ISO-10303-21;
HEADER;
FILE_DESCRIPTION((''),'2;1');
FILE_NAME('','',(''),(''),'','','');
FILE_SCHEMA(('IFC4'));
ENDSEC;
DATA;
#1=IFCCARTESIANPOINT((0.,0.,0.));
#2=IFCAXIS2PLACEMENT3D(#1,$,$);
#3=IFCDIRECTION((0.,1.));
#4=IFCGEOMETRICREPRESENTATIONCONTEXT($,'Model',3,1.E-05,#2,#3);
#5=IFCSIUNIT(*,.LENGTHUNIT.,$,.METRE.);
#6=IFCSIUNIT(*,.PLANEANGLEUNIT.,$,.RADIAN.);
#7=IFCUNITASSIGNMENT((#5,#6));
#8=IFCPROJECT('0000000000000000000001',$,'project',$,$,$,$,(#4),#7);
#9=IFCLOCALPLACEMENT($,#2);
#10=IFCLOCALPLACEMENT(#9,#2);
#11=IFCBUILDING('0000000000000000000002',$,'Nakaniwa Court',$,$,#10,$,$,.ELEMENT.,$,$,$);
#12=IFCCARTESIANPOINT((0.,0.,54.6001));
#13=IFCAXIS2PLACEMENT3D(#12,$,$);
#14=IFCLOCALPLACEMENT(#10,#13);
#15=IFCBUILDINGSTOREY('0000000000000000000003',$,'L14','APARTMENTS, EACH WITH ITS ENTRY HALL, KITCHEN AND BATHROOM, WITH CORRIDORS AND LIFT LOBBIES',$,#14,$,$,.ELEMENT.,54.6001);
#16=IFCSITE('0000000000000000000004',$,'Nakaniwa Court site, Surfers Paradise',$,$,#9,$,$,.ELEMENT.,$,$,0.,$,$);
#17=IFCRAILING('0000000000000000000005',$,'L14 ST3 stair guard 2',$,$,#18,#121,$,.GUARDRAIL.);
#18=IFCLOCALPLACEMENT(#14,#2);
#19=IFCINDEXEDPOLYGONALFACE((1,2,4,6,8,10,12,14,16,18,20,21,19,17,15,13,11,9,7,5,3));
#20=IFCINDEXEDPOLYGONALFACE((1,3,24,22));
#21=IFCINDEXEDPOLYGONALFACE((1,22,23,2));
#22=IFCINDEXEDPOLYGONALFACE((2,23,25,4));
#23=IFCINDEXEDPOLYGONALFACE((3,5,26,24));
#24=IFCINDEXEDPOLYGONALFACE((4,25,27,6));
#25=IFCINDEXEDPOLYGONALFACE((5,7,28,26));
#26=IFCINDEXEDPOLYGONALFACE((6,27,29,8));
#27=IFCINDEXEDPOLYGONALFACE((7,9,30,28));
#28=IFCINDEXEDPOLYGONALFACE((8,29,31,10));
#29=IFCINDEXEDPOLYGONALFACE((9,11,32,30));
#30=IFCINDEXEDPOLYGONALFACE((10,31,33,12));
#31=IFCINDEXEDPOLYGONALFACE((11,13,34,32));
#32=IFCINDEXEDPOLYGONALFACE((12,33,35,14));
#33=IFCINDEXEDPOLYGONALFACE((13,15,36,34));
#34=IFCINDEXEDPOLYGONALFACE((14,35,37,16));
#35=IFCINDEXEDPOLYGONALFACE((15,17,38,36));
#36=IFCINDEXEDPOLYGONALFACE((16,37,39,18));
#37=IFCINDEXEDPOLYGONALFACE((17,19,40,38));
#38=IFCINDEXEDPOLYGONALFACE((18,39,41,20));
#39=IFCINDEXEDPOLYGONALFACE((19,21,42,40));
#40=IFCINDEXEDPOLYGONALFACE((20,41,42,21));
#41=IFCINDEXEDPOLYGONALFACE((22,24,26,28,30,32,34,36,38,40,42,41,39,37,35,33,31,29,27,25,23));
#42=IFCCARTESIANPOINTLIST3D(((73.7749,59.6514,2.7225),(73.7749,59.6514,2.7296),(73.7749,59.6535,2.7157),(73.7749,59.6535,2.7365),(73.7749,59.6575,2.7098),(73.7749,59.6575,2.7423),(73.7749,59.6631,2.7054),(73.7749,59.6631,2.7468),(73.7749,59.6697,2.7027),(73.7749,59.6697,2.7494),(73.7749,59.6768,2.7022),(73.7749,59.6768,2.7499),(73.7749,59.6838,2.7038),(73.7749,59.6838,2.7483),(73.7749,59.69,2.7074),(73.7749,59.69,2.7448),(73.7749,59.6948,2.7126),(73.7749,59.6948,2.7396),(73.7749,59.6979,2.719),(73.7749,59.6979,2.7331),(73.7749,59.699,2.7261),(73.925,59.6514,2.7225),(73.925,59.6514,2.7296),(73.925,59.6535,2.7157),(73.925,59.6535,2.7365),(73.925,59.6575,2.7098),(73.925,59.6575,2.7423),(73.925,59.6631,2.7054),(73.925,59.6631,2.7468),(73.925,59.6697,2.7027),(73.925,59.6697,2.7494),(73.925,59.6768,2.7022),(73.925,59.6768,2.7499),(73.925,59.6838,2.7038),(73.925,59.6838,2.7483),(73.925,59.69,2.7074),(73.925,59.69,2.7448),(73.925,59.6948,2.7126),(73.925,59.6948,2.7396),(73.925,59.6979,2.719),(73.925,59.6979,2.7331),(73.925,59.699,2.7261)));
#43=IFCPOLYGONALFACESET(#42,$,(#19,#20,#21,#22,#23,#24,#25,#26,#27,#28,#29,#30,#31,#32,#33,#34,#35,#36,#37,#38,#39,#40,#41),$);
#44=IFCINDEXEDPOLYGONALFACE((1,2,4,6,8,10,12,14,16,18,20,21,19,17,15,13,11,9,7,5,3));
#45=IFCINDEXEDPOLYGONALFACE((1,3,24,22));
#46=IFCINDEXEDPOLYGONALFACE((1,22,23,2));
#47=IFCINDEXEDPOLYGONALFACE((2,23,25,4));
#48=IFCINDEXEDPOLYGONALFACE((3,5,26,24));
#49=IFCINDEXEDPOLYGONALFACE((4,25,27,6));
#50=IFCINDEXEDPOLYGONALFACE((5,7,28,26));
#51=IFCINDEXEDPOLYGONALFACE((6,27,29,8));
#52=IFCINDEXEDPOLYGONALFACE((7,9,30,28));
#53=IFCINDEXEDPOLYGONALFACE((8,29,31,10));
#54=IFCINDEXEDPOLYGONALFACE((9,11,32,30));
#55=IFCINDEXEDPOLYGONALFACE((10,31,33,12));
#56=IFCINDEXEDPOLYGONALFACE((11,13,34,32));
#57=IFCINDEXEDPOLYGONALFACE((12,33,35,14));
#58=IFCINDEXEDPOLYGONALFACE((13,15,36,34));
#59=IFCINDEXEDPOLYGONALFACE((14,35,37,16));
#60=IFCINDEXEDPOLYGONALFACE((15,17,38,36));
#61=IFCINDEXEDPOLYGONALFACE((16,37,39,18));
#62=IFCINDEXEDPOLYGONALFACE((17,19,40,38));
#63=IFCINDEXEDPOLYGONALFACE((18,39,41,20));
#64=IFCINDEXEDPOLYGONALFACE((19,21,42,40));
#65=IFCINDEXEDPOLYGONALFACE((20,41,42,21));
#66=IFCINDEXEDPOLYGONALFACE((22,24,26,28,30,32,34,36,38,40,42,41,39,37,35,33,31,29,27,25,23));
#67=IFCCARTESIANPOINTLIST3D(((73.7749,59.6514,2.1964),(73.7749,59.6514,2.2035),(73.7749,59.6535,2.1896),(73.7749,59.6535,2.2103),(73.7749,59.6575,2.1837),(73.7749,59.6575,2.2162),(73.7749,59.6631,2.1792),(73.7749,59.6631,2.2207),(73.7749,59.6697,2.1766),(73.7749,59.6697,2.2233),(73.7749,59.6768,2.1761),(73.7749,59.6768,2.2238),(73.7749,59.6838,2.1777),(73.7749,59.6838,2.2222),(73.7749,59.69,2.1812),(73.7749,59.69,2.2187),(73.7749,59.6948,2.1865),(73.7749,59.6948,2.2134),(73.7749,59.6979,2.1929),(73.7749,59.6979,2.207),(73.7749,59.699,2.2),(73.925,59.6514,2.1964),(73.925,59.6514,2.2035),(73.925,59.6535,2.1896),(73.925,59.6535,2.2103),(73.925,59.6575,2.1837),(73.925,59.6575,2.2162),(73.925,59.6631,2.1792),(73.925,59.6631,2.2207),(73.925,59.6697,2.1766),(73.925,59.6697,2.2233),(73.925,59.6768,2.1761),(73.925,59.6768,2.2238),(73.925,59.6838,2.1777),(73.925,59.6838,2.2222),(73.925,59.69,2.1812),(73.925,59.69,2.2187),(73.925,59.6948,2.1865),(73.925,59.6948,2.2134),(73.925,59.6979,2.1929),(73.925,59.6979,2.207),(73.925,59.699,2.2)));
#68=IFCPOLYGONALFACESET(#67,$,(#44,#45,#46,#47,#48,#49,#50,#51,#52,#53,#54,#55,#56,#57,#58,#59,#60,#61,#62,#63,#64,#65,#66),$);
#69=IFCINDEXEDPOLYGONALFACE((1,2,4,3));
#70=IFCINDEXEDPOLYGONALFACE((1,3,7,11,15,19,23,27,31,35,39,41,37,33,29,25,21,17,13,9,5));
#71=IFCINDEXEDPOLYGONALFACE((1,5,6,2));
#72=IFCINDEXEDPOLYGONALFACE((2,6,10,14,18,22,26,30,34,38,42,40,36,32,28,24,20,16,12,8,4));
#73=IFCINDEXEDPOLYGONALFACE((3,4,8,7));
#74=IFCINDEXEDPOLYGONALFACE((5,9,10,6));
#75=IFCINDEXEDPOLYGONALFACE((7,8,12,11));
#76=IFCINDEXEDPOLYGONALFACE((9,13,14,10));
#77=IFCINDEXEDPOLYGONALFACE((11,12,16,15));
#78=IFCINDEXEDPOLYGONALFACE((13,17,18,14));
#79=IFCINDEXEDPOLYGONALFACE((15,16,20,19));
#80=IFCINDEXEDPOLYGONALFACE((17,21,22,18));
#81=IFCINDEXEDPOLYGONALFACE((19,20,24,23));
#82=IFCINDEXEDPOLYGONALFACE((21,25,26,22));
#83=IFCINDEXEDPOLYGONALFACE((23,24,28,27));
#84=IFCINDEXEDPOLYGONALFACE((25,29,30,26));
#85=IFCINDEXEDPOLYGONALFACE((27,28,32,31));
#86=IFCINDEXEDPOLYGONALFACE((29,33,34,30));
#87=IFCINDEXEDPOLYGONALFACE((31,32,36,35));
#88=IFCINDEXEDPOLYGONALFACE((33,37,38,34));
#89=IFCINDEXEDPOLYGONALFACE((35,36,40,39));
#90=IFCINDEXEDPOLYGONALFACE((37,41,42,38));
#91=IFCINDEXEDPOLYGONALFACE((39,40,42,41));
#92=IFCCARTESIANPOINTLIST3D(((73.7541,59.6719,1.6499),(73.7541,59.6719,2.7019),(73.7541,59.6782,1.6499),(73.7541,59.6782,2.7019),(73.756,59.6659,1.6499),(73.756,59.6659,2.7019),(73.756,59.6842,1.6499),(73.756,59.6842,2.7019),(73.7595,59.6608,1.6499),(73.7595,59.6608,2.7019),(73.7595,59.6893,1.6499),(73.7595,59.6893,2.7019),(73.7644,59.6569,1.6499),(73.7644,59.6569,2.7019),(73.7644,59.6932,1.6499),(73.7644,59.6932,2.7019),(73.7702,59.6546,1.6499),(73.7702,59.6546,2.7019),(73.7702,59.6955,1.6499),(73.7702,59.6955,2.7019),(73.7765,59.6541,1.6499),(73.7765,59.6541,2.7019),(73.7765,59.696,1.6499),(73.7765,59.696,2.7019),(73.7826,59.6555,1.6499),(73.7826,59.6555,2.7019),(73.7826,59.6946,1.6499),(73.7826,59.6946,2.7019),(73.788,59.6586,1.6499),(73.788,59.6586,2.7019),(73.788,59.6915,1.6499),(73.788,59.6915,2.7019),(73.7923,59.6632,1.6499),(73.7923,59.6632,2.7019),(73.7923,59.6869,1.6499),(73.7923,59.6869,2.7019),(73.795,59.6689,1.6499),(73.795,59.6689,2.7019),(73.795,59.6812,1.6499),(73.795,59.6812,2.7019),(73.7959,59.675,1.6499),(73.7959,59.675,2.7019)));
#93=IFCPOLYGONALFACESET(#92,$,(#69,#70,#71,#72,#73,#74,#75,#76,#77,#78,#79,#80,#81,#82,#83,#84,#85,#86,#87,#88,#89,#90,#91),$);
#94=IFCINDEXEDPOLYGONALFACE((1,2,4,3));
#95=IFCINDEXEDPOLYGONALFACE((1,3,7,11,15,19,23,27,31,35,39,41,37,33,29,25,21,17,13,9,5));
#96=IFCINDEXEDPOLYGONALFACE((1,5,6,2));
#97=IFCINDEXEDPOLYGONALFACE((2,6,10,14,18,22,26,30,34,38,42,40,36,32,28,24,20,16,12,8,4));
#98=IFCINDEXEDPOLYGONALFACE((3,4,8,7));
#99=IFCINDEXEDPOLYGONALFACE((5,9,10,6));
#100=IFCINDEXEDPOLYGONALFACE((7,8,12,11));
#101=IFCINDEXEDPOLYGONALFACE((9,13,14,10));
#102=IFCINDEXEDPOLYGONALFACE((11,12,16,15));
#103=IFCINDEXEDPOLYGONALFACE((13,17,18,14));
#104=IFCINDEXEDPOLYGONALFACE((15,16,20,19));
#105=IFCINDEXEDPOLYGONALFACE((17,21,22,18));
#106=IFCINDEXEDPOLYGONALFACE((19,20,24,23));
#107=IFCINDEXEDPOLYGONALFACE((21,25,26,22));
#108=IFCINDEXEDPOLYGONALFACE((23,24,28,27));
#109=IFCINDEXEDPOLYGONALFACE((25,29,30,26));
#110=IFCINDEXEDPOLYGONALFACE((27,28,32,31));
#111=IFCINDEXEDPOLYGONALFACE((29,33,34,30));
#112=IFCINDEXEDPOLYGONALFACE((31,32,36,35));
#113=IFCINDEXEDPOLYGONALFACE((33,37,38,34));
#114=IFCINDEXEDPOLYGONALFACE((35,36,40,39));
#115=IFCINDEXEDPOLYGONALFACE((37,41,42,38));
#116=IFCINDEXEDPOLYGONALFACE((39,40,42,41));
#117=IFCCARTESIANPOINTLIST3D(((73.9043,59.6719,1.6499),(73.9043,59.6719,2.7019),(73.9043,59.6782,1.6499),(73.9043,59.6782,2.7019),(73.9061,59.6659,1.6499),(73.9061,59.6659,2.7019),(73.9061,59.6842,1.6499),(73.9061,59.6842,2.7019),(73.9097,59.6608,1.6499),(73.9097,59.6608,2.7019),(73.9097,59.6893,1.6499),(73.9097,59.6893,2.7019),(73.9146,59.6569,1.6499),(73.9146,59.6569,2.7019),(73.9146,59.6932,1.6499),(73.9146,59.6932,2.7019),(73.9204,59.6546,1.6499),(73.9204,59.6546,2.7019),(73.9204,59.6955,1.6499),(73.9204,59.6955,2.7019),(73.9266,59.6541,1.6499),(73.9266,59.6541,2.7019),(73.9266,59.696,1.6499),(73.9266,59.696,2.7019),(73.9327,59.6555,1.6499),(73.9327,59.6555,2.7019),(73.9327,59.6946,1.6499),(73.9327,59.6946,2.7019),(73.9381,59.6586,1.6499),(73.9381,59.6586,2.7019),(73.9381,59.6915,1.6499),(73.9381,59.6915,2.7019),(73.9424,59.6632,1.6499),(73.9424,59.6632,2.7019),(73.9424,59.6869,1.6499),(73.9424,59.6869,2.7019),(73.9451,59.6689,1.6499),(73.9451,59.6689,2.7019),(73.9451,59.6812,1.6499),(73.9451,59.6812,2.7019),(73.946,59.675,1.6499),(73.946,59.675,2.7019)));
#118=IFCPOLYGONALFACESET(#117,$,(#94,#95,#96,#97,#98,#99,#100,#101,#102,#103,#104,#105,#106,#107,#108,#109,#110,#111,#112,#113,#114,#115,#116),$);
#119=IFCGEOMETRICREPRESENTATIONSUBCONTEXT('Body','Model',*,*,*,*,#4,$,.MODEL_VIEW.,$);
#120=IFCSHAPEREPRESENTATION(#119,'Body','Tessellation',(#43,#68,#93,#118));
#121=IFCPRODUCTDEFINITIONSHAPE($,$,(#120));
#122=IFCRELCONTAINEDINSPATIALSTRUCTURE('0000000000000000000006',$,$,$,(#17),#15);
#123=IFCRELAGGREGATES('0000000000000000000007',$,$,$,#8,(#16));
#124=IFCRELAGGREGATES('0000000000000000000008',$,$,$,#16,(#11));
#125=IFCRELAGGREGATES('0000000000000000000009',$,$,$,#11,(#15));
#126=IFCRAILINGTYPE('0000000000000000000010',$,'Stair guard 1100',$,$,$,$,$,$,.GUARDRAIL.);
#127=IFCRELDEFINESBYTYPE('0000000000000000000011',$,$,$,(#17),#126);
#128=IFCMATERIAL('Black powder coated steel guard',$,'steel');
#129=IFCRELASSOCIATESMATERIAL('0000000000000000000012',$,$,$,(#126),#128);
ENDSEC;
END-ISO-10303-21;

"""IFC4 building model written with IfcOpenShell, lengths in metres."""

from ifc_helpers import new_model, si_unit, direction, frame, origin, origin_2d, place, context, subcontext, project, spatial, circle, extrude, material, type_object, element, save


model = new_model("IFC4")

# Units and contexts
model_context = context("Model", 3, precision=1e-05, world=origin(), true_north=direction((0.0, 1.0)))
body_context = subcontext(model_context, "Body", "Model", "MODEL_VIEW")
ifc_project = project(units=[si_unit("LENGTHUNIT", "METRE"), si_unit("PLANEANGLEUNIT", "RADIAN")], contexts=[model_context])

# Site, building, storey
site_placement = place(None, origin())
site = spatial("IfcSite", under=ifc_project, at=site_placement, Name="Nakaniwa Court site, Surfers Paradise", CompositionType="ELEMENT", RefElevation=0.0)
building_placement = place(site_placement, origin())
building = spatial("IfcBuilding", under=site, at=building_placement, Name="Nakaniwa Court", CompositionType="ELEMENT")
storey_placement = place(building_placement, frame((0.0, 0.0, 54.6001)))
storey = spatial("IfcBuildingStorey", under=building, at=storey_placement, Name="L14", Description="APARTMENTS, EACH WITH ITS ENTRY HALL, KITCHEN AND BATHROOM, WITH CORRIDORS AND LIFT LOBBIES", CompositionType="ELEMENT", Elevation=54.6001)

# Railing
ifc_material_1 = material(Name="Black powder coated steel guard", Category="steel")
railing_type_1 = type_object("IfcRailingType", Name="Stair guard 1100", PredefinedType="GUARDRAIL", material=ifc_material_1)
railing_1_placement = place(storey_placement, frame((73.7749, 59.675, 1.6499)))
element("IfcRailing", 1, at=railing_1_placement, inside=storey, type_object=railing_type_1, Name="L14 ST3 stair guard 2", PredefinedType="GUARDRAIL", context=body_context, shape_type="SweptSolid", body=[
    extrude(circle(Radius=0.0239, at=origin_2d()), frame((0.0, 0.0, 1.0762), z_axis=(1.0, 0.0, 0.0), x_axis=(0.0, 1.0, 0.0)), (0.0, 0.0, 1.0), 0.1501),
    extrude(circle(Radius=0.0239, at=origin_2d()), frame((0.0, 0.0, 0.55), z_axis=(1.0, 0.0, 0.0), x_axis=(0.0, 1.0, 0.0)), (0.0, 0.0, 1.0), 0.1501),
    extrude(circle(Radius=0.021, at=origin_2d()), origin(), (0.0, 0.0, 1.0), 1.052),
    extrude(circle(Radius=0.021, at=origin_2d()), frame((0.1501, 0.0, 0.0)), (0.0, 0.0, 1.0), 1.052),
])

save(model, "model.ifc")
